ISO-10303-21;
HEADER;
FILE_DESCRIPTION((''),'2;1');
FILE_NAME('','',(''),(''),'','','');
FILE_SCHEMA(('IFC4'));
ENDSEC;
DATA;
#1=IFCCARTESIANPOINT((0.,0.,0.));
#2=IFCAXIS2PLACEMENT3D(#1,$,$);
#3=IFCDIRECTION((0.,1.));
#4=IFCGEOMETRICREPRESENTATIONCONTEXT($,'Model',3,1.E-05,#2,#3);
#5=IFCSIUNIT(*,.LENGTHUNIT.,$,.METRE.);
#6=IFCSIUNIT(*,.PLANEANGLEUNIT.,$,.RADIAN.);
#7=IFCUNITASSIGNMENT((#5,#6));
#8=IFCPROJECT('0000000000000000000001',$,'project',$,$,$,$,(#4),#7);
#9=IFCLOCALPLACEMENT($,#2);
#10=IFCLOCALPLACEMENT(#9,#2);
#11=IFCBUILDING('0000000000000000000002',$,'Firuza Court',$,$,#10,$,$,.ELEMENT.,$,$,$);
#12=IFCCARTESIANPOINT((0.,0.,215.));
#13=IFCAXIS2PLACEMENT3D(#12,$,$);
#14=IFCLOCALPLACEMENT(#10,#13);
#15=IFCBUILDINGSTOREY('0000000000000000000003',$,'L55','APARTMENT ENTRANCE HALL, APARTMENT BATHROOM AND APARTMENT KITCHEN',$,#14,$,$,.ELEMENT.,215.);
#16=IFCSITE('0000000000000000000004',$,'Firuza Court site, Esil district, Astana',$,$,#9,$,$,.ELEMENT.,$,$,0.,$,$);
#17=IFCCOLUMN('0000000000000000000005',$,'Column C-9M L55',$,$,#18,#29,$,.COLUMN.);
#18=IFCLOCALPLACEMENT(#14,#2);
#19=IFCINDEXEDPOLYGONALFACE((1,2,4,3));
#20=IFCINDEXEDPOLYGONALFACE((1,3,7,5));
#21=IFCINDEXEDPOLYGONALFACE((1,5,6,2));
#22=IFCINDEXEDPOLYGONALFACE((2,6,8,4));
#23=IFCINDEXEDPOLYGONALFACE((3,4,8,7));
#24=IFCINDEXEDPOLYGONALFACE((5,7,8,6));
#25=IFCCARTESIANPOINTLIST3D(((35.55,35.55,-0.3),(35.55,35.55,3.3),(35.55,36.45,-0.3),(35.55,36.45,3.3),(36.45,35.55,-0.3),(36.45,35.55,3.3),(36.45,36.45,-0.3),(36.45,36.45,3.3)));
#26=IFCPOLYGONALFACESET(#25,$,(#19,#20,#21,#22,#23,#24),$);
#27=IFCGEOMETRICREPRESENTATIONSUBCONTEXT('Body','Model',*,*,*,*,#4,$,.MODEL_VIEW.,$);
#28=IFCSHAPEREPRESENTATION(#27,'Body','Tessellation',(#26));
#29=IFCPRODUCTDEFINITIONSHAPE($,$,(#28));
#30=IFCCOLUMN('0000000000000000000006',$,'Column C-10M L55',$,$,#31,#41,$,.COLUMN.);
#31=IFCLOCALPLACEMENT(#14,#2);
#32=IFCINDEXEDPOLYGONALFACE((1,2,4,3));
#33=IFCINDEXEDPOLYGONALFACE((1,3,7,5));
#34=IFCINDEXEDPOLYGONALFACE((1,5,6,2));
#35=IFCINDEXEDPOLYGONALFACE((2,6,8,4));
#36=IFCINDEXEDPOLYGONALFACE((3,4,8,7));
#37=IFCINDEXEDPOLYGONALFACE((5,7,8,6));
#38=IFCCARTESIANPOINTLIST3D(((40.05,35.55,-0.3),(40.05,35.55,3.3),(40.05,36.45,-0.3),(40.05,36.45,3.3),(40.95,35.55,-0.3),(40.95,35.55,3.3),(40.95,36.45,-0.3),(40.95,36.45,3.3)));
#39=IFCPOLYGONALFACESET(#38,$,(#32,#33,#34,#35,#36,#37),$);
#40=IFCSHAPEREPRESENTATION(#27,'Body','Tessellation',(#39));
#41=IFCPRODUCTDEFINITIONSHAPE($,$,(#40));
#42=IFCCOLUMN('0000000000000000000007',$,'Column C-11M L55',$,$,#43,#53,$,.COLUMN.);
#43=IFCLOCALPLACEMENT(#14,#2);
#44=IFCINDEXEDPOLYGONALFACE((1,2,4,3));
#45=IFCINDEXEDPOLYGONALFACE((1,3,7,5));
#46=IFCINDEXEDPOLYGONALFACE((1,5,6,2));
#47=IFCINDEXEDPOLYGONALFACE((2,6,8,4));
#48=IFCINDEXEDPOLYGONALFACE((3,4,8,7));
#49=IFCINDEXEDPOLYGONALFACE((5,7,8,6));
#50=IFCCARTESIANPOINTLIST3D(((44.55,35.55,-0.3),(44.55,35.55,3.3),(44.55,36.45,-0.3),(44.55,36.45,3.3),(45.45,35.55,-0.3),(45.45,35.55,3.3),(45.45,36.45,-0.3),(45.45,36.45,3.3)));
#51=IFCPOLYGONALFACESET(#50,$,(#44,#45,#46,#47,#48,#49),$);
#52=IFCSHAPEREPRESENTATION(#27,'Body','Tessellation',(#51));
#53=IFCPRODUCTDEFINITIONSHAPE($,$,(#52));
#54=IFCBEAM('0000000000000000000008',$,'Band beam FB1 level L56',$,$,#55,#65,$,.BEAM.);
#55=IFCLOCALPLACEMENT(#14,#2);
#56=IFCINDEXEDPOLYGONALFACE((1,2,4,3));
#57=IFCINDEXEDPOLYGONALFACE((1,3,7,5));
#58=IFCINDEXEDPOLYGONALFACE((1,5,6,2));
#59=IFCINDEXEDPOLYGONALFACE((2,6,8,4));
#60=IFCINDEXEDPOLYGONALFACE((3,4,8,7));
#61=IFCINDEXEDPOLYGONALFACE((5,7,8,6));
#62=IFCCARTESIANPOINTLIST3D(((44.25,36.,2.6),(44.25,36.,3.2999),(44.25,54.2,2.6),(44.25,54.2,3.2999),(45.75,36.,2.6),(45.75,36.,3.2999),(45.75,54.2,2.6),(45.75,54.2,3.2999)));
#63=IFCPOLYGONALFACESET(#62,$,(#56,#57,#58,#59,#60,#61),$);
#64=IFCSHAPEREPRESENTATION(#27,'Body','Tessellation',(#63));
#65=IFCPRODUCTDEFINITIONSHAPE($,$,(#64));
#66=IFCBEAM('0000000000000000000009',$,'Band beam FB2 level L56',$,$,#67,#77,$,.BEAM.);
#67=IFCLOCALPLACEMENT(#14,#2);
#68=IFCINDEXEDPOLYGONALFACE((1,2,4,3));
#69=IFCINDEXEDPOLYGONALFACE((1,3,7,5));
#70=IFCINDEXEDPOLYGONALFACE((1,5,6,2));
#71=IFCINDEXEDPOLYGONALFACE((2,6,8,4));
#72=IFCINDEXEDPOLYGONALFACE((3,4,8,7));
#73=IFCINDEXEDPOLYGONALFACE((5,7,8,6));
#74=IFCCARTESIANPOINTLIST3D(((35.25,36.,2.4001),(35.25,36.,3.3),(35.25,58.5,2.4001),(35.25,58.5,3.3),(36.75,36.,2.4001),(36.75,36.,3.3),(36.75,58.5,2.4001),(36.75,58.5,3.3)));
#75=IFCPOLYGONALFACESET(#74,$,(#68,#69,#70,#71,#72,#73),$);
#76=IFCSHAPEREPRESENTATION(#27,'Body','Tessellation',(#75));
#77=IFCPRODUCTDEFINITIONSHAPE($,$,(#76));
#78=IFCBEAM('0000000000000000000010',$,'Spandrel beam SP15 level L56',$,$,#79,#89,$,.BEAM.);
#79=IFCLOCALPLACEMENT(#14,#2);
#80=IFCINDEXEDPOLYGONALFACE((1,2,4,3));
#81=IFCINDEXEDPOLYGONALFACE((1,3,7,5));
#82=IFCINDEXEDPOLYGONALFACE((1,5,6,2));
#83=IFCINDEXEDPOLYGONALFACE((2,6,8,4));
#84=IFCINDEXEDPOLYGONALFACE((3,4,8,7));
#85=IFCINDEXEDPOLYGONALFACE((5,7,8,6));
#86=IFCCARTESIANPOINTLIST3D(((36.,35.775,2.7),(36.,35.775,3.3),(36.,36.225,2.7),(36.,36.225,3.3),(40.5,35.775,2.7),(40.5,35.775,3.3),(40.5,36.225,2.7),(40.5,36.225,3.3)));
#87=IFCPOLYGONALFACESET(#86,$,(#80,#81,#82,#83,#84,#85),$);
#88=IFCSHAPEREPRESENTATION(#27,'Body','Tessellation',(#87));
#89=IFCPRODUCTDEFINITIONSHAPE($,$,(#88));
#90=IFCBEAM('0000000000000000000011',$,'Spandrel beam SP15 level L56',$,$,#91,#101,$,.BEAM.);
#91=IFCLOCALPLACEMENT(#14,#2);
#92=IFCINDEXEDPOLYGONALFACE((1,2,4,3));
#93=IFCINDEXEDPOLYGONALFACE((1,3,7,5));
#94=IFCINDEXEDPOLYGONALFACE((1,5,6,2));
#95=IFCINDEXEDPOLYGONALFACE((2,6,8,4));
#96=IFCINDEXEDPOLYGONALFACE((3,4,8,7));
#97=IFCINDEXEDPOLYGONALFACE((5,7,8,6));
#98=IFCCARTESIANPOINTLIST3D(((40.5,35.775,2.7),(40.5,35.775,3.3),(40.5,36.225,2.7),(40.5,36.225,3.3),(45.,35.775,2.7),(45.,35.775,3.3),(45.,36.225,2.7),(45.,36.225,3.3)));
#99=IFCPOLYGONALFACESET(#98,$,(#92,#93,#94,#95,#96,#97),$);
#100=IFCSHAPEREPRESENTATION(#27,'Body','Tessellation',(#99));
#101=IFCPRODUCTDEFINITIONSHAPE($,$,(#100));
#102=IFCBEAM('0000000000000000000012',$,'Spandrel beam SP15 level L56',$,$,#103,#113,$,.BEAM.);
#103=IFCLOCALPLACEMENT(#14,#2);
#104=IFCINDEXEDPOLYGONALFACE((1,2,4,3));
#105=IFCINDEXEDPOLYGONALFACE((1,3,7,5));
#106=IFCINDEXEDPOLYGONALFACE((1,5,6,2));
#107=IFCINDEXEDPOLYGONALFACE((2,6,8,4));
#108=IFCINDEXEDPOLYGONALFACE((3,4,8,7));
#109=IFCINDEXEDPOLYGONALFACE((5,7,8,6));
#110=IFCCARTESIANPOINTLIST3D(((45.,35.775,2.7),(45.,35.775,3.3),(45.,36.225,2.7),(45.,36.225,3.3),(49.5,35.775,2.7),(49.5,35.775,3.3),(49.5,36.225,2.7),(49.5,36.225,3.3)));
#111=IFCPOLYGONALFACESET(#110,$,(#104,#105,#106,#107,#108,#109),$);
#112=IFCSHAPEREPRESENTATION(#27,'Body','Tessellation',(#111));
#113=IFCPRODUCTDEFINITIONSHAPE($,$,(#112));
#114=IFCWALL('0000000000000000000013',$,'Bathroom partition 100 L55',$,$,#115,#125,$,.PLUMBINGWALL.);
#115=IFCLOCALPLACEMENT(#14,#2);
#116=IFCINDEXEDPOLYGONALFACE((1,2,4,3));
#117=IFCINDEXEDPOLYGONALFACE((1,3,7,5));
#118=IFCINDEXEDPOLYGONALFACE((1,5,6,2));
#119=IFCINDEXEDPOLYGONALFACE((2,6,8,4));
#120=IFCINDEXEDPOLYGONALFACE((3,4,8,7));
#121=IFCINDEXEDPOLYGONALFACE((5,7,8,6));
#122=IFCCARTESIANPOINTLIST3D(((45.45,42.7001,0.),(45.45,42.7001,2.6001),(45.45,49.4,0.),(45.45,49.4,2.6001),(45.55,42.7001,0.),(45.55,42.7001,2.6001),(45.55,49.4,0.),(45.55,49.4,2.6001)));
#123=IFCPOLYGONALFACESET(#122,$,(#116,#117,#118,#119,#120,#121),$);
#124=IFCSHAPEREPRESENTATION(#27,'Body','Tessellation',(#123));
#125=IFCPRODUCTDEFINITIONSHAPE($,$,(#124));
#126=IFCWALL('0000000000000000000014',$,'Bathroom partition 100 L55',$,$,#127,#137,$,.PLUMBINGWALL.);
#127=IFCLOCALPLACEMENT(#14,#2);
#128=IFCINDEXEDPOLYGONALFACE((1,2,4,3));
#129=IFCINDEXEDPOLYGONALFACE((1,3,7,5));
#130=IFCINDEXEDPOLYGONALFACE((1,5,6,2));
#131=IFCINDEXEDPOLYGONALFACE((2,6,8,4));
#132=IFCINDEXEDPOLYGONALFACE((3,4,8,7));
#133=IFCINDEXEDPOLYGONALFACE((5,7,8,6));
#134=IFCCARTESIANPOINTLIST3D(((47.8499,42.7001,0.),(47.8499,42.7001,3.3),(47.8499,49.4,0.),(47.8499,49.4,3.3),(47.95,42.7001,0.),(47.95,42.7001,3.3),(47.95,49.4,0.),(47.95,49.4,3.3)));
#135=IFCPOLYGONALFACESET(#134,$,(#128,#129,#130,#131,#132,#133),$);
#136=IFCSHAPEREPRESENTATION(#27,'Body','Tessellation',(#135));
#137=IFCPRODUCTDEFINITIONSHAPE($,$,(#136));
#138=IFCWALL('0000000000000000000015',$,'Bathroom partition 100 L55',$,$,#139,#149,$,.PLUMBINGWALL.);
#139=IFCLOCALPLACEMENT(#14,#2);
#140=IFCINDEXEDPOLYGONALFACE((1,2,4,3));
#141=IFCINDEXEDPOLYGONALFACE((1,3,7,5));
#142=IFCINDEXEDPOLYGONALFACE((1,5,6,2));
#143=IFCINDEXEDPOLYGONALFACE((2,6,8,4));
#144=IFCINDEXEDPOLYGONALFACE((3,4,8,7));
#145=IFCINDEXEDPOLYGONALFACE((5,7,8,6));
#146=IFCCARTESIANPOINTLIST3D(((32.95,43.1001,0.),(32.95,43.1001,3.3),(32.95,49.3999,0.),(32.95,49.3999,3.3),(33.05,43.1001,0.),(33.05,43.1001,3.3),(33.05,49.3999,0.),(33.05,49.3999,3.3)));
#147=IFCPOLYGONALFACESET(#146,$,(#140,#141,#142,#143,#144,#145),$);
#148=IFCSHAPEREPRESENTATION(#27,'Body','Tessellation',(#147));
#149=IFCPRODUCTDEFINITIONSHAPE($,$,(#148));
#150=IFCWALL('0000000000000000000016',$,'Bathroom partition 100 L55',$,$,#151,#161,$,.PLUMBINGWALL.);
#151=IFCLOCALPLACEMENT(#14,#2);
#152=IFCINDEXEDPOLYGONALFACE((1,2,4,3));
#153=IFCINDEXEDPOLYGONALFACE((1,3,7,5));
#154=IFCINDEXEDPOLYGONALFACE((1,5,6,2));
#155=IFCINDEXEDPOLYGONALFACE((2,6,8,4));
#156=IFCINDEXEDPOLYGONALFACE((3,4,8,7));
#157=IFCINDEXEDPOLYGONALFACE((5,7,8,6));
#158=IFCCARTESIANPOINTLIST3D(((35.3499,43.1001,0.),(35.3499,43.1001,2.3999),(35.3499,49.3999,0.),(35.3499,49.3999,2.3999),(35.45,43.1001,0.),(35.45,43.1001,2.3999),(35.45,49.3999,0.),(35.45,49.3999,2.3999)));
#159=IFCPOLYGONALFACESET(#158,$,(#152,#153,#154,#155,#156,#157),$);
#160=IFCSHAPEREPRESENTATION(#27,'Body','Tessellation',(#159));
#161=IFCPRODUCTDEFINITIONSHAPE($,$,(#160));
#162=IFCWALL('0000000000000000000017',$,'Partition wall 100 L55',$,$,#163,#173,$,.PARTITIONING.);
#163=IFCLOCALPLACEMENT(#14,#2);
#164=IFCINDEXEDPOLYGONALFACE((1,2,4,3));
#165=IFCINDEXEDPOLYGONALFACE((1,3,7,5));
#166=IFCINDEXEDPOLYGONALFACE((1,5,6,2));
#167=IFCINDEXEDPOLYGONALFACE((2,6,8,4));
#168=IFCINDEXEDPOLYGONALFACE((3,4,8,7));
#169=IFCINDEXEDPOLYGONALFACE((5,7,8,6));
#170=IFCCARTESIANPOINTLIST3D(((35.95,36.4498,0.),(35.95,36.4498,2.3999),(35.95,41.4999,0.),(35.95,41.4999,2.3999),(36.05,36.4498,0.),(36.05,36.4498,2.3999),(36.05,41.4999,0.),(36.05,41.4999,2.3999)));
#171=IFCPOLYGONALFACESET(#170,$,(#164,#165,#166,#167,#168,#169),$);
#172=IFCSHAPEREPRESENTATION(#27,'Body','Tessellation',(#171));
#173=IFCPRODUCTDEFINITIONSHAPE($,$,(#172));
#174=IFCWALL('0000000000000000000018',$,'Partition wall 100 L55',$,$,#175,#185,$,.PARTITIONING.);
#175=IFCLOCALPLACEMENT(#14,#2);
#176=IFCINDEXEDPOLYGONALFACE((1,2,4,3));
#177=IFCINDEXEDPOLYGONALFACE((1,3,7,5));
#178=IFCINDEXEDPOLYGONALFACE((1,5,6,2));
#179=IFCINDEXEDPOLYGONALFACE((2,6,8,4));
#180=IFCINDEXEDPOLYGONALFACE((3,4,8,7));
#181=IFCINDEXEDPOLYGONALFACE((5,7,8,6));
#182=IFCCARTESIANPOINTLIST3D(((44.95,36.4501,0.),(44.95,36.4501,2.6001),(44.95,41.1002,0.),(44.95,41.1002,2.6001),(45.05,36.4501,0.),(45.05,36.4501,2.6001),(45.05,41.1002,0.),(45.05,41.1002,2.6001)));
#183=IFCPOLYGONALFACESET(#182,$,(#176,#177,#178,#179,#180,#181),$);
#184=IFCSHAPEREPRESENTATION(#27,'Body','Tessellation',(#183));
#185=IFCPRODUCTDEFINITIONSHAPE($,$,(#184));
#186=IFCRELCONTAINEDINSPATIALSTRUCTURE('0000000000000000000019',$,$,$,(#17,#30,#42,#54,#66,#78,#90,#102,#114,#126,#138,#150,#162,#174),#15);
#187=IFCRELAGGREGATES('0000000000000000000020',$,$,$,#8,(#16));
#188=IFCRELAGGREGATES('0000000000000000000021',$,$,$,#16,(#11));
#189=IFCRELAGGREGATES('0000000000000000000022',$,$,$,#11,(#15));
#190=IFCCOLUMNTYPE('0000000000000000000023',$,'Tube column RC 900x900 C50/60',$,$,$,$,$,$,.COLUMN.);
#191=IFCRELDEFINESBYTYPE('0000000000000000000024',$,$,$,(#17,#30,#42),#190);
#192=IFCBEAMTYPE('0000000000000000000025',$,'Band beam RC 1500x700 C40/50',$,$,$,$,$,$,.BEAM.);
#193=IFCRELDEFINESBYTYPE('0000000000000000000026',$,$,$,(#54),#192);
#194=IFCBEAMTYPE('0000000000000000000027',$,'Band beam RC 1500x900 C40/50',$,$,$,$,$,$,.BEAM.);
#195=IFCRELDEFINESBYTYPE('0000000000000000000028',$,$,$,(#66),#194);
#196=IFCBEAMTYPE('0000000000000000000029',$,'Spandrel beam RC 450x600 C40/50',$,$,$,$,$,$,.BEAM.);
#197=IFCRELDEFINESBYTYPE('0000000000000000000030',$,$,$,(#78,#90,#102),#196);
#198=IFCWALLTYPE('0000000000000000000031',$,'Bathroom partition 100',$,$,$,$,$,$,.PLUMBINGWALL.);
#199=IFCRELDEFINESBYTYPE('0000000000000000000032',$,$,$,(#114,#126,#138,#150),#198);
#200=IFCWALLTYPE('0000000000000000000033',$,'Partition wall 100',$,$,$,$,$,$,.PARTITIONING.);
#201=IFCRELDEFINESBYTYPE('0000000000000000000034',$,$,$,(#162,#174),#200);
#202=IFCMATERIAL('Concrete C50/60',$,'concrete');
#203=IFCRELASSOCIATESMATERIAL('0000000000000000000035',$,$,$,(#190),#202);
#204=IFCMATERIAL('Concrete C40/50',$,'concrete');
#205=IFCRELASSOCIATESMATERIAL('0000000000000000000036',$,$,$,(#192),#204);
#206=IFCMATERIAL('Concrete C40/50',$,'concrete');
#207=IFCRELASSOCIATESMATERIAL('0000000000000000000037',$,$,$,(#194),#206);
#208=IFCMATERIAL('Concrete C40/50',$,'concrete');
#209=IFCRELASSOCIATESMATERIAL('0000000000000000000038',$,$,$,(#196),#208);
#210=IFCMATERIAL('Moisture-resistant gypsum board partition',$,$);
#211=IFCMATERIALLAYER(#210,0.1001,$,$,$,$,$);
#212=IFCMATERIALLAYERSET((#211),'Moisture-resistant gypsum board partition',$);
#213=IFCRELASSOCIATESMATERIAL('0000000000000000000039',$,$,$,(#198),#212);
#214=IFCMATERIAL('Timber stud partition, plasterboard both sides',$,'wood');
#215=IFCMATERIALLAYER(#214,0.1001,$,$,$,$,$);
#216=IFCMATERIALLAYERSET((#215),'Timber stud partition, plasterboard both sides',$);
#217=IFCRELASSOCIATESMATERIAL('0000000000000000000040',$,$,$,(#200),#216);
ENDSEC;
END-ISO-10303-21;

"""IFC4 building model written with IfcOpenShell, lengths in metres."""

from ifc_helpers import new_model, si_unit, direction, frame, frame_2d, origin, origin_2d, place, context, subcontext, project, spatial, rectangle, extrude, material, layer, layer_set, material_profile, profile_set, type_object, element, save


model = new_model("IFC4")

# Units and contexts
model_context = context("Model", 3, precision=1e-05, world=origin(), true_north=direction((0.0, 1.0)))
body_context = subcontext(model_context, "Body", "Model", "MODEL_VIEW")
ifc_project = project(units=[si_unit("LENGTHUNIT", "METRE"), si_unit("PLANEANGLEUNIT", "RADIAN")], contexts=[model_context])

# Site, building, storey
site_placement = place(None, origin())
site = spatial("IfcSite", under=ifc_project, at=site_placement, Name="Firuza Court site, Esil district, Astana", CompositionType="ELEMENT", RefElevation=0.0)
building_placement = place(site_placement, origin())
building = spatial("IfcBuilding", under=site, at=building_placement, Name="Firuza Court", CompositionType="ELEMENT")
storey_placement = place(building_placement, frame((0.0, 0.0, 215.0)))
storey = spatial("IfcBuildingStorey", under=building, at=storey_placement, Name="L55", Description="APARTMENT ENTRANCE HALL, APARTMENT BATHROOM AND APARTMENT KITCHEN", CompositionType="ELEMENT", Elevation=215.0)

# Columns
ifc_material_1 = material(Name="Concrete C50/60", Category="concrete")
ifc_material_profile_1 = material_profile(ifc_material_1, rectangle(XDim=0.8999, YDim=0.8999, at=origin_2d()), Name="RC 900x900")
ifc_profile_set_1 = profile_set([ifc_material_profile_1], Name="Concrete C50/60")
column_type = type_object("IfcColumnType", Name="Tube column RC 900x900 C50/60", PredefinedType="COLUMN", material=ifc_profile_set_1)
for number, where, z_axis, x_axis, name in (
    (1, (36.0, 36.0, -0.3), (0.0, 0.0, 1.0), (1.0, 0.0, 0.0), "Column C-9M L55"),
    (2, (40.5, 36.0, -0.3), (0.0, 0.0, 1.0), (1.0, 0.0, 0.0), "Column C-10M L55"),
    (3, (45.0, 36.0, -0.3), (0.0, 0.0, 1.0), (1.0, 0.0, 0.0), "Column C-11M L55"),
):
    element("IfcColumn", number, at=place(storey_placement, frame(where, z_axis=z_axis, x_axis=x_axis)), inside=storey, type_object=column_type, Name=name, PredefinedType="COLUMN", context=body_context, shape_type="SweptSolid", body=[
        extrude(rectangle(XDim=0.8999, YDim=0.8999, at=origin_2d()), origin(), (0.0, 0.0, 1.0), 3.6001),
    ])

# Beams
ifc_material_2 = material(Name="Concrete C40/50", Category="concrete")
ifc_material_profile_2 = material_profile(ifc_material_2, rectangle(XDim=1.5, YDim=0.7, at=origin_2d()), Name="RC 1500x700")
ifc_profile_set_2 = profile_set([ifc_material_profile_2], Name="Concrete C40/50")
beam_type_1 = type_object("IfcBeamType", Name="Band beam RC 1500x700 C40/50", PredefinedType="BEAM", material=ifc_profile_set_2)
beam_1_placement = place(storey_placement, frame((45.0, 36.0, 2.95), z_axis=(0.0, 1.0, 0.0), x_axis=(-1.0, 0.0, 0.0)))
element("IfcBeam", 4, at=beam_1_placement, inside=storey, type_object=beam_type_1, Name="Band beam FB1 level L56", PredefinedType="BEAM", context=body_context, shape_type="SweptSolid", body=[
    extrude(rectangle(XDim=1.5, YDim=0.7, at=origin_2d()), origin(), (0.0, 0.0, 1.0), 18.2),
])
ifc_material_3 = material(Name="Concrete C40/50", Category="concrete")
ifc_material_profile_3 = material_profile(ifc_material_3, rectangle(XDim=1.5, YDim=0.8999, at=origin_2d()), Name="RC 1500x900")
ifc_profile_set_3 = profile_set([ifc_material_profile_3], Name="Concrete C40/50")
beam_type_2 = type_object("IfcBeamType", Name="Band beam RC 1500x900 C40/50", PredefinedType="BEAM", material=ifc_profile_set_3)
beam_2_placement = place(storey_placement, frame((36.0, 36.0, 2.8501), z_axis=(0.0, 1.0, 0.0), x_axis=(-1.0, 0.0, 0.0)))
element("IfcBeam", 5, at=beam_2_placement, inside=storey, type_object=beam_type_2, Name="Band beam FB2 level L56", PredefinedType="BEAM", context=body_context, shape_type="SweptSolid", body=[
    extrude(rectangle(XDim=1.5, YDim=0.8999, at=origin_2d()), origin(), (0.0, 0.0, 1.0), 22.5),
])
ifc_material_4 = material(Name="Concrete C40/50", Category="concrete")
ifc_material_profile_4 = material_profile(ifc_material_4, rectangle(XDim=0.45, YDim=0.6001, at=origin_2d()), Name="RC 450x600")
ifc_profile_set_4 = profile_set([ifc_material_profile_4], Name="Concrete C40/50")
beam_type_3 = type_object("IfcBeamType", Name="Spandrel beam RC 450x600 C40/50", PredefinedType="BEAM", material=ifc_profile_set_4)
for number, where, z_axis, x_axis, name in (
    (6, (36.0, 36.0, 3.0), (1.0, 0.0, 0.0), (0.0, 1.0, 0.0), "Spandrel beam SP15 level L56"),
    (7, (40.5, 36.0, 3.0), (1.0, 0.0, 0.0), (0.0, 1.0, 0.0), "Spandrel beam SP15 level L56"),
    (8, (45.0, 36.0, 3.0), (1.0, 0.0, 0.0), (0.0, 1.0, 0.0), "Spandrel beam SP15 level L56"),
):
    element("IfcBeam", number, at=place(storey_placement, frame(where, z_axis=z_axis, x_axis=x_axis)), inside=storey, type_object=beam_type_3, Name=name, PredefinedType="BEAM", context=body_context, shape_type="SweptSolid", body=[
        extrude(rectangle(XDim=0.45, YDim=0.6001, at=origin_2d()), origin(), (0.0, 0.0, 1.0), 4.5),
    ])

# Walls
ifc_material_5 = material(Name="Moisture-resistant gypsum board partition")
ifc_layer_1 = layer(ifc_material_5, 0.1001)
ifc_layer_set_1 = layer_set([ifc_layer_1], Name="Moisture-resistant gypsum board partition")
wall_type_1 = type_object("IfcWallType", Name="Bathroom partition 100", PredefinedType="PLUMBINGWALL", material=ifc_layer_set_1)
wall_1_placement = place(storey_placement, frame((45.5, 42.7, 0.0), z_axis=(0.0, 0.0, 1.0), x_axis=(0.0, 1.0, 0.0)))
element("IfcWall", 9, at=wall_1_placement, inside=storey, type_object=wall_type_1, Name="Bathroom partition 100 L55", PredefinedType="PLUMBINGWALL", context=body_context, shape_type="SweptSolid", body=[
    extrude(rectangle(XDim=6.7, YDim=0.1001, at=frame_2d((3.3501, 0.0))), origin(), (0.0, 0.0, 1.0), 2.6001),
])
wall_2_placement = place(storey_placement, frame((47.8999, 42.7, 0.0), z_axis=(0.0, 0.0, 1.0), x_axis=(0.0, 1.0, 0.0)))
element("IfcWall", 10, at=wall_2_placement, inside=storey, type_object=wall_type_1, Name="Bathroom partition 100 L55", PredefinedType="PLUMBINGWALL", context=body_context, shape_type="SweptSolid", body=[
    extrude(rectangle(XDim=6.7, YDim=0.1001, at=frame_2d((3.3501, 0.0))), origin(), (0.0, 0.0, 1.0), 3.3),
])
wall_3_placement = place(storey_placement, frame((33.0, 43.1001, 0.0), z_axis=(0.0, 0.0, 1.0), x_axis=(0.0, 1.0, 0.0)))
element("IfcWall", 11, at=wall_3_placement, inside=storey, type_object=wall_type_1, Name="Bathroom partition 100 L55", PredefinedType="PLUMBINGWALL", context=body_context, shape_type="SweptSolid", body=[
    extrude(rectangle(XDim=6.2998, YDim=0.1001, at=frame_2d((3.1499, 0.0))), origin(), (0.0, 0.0, 1.0), 3.3),
])
wall_4_placement = place(storey_placement, frame((35.3999, 43.1001, 0.0), z_axis=(0.0, 0.0, 1.0), x_axis=(0.0, 1.0, 0.0)))
element("IfcWall", 12, at=wall_4_placement, inside=storey, type_object=wall_type_1, Name="Bathroom partition 100 L55", PredefinedType="PLUMBINGWALL", context=body_context, shape_type="SweptSolid", body=[
    extrude(rectangle(XDim=6.2998, YDim=0.1001, at=frame_2d((3.1499, 0.0))), origin(), (0.0, 0.0, 1.0), 2.3999),
])
ifc_material_6 = material(Name="Timber stud partition, plasterboard both sides", Category="wood")
ifc_layer_2 = layer(ifc_material_6, 0.1001)
ifc_layer_set_2 = layer_set([ifc_layer_2], Name="Timber stud partition, plasterboard both sides")
wall_type_2 = type_object("IfcWallType", Name="Partition wall 100", PredefinedType="PARTITIONING", material=ifc_layer_set_2)
wall_5_placement = place(storey_placement, frame((36.0, 36.45, 0.0), z_axis=(0.0, 0.0, 1.0), x_axis=(0.0, 1.0, 0.0)))
element("IfcWall", 13, at=wall_5_placement, inside=storey, type_object=wall_type_2, Name="Partition wall 100 L55", PredefinedType="PARTITIONING", context=body_context, shape_type="SweptSolid", body=[
    extrude(rectangle(XDim=5.05, YDim=0.1001, at=frame_2d((2.5249, 0.0))), origin(), (0.0, 0.0, 1.0), 2.3999),
])
wall_6_placement = place(storey_placement, frame((45.0, 36.45, 0.0), z_axis=(0.0, 0.0, 1.0), x_axis=(0.0, 1.0, 0.0)))
element("IfcWall", 14, at=wall_6_placement, inside=storey, type_object=wall_type_2, Name="Partition wall 100 L55", PredefinedType="PARTITIONING", context=body_context, shape_type="SweptSolid", body=[
    extrude(rectangle(XDim=4.6501, YDim=0.1001, at=frame_2d((2.3252, 0.0))), origin(), (0.0, 0.0, 1.0), 2.6001),
])

save(model, "model.ifc")
